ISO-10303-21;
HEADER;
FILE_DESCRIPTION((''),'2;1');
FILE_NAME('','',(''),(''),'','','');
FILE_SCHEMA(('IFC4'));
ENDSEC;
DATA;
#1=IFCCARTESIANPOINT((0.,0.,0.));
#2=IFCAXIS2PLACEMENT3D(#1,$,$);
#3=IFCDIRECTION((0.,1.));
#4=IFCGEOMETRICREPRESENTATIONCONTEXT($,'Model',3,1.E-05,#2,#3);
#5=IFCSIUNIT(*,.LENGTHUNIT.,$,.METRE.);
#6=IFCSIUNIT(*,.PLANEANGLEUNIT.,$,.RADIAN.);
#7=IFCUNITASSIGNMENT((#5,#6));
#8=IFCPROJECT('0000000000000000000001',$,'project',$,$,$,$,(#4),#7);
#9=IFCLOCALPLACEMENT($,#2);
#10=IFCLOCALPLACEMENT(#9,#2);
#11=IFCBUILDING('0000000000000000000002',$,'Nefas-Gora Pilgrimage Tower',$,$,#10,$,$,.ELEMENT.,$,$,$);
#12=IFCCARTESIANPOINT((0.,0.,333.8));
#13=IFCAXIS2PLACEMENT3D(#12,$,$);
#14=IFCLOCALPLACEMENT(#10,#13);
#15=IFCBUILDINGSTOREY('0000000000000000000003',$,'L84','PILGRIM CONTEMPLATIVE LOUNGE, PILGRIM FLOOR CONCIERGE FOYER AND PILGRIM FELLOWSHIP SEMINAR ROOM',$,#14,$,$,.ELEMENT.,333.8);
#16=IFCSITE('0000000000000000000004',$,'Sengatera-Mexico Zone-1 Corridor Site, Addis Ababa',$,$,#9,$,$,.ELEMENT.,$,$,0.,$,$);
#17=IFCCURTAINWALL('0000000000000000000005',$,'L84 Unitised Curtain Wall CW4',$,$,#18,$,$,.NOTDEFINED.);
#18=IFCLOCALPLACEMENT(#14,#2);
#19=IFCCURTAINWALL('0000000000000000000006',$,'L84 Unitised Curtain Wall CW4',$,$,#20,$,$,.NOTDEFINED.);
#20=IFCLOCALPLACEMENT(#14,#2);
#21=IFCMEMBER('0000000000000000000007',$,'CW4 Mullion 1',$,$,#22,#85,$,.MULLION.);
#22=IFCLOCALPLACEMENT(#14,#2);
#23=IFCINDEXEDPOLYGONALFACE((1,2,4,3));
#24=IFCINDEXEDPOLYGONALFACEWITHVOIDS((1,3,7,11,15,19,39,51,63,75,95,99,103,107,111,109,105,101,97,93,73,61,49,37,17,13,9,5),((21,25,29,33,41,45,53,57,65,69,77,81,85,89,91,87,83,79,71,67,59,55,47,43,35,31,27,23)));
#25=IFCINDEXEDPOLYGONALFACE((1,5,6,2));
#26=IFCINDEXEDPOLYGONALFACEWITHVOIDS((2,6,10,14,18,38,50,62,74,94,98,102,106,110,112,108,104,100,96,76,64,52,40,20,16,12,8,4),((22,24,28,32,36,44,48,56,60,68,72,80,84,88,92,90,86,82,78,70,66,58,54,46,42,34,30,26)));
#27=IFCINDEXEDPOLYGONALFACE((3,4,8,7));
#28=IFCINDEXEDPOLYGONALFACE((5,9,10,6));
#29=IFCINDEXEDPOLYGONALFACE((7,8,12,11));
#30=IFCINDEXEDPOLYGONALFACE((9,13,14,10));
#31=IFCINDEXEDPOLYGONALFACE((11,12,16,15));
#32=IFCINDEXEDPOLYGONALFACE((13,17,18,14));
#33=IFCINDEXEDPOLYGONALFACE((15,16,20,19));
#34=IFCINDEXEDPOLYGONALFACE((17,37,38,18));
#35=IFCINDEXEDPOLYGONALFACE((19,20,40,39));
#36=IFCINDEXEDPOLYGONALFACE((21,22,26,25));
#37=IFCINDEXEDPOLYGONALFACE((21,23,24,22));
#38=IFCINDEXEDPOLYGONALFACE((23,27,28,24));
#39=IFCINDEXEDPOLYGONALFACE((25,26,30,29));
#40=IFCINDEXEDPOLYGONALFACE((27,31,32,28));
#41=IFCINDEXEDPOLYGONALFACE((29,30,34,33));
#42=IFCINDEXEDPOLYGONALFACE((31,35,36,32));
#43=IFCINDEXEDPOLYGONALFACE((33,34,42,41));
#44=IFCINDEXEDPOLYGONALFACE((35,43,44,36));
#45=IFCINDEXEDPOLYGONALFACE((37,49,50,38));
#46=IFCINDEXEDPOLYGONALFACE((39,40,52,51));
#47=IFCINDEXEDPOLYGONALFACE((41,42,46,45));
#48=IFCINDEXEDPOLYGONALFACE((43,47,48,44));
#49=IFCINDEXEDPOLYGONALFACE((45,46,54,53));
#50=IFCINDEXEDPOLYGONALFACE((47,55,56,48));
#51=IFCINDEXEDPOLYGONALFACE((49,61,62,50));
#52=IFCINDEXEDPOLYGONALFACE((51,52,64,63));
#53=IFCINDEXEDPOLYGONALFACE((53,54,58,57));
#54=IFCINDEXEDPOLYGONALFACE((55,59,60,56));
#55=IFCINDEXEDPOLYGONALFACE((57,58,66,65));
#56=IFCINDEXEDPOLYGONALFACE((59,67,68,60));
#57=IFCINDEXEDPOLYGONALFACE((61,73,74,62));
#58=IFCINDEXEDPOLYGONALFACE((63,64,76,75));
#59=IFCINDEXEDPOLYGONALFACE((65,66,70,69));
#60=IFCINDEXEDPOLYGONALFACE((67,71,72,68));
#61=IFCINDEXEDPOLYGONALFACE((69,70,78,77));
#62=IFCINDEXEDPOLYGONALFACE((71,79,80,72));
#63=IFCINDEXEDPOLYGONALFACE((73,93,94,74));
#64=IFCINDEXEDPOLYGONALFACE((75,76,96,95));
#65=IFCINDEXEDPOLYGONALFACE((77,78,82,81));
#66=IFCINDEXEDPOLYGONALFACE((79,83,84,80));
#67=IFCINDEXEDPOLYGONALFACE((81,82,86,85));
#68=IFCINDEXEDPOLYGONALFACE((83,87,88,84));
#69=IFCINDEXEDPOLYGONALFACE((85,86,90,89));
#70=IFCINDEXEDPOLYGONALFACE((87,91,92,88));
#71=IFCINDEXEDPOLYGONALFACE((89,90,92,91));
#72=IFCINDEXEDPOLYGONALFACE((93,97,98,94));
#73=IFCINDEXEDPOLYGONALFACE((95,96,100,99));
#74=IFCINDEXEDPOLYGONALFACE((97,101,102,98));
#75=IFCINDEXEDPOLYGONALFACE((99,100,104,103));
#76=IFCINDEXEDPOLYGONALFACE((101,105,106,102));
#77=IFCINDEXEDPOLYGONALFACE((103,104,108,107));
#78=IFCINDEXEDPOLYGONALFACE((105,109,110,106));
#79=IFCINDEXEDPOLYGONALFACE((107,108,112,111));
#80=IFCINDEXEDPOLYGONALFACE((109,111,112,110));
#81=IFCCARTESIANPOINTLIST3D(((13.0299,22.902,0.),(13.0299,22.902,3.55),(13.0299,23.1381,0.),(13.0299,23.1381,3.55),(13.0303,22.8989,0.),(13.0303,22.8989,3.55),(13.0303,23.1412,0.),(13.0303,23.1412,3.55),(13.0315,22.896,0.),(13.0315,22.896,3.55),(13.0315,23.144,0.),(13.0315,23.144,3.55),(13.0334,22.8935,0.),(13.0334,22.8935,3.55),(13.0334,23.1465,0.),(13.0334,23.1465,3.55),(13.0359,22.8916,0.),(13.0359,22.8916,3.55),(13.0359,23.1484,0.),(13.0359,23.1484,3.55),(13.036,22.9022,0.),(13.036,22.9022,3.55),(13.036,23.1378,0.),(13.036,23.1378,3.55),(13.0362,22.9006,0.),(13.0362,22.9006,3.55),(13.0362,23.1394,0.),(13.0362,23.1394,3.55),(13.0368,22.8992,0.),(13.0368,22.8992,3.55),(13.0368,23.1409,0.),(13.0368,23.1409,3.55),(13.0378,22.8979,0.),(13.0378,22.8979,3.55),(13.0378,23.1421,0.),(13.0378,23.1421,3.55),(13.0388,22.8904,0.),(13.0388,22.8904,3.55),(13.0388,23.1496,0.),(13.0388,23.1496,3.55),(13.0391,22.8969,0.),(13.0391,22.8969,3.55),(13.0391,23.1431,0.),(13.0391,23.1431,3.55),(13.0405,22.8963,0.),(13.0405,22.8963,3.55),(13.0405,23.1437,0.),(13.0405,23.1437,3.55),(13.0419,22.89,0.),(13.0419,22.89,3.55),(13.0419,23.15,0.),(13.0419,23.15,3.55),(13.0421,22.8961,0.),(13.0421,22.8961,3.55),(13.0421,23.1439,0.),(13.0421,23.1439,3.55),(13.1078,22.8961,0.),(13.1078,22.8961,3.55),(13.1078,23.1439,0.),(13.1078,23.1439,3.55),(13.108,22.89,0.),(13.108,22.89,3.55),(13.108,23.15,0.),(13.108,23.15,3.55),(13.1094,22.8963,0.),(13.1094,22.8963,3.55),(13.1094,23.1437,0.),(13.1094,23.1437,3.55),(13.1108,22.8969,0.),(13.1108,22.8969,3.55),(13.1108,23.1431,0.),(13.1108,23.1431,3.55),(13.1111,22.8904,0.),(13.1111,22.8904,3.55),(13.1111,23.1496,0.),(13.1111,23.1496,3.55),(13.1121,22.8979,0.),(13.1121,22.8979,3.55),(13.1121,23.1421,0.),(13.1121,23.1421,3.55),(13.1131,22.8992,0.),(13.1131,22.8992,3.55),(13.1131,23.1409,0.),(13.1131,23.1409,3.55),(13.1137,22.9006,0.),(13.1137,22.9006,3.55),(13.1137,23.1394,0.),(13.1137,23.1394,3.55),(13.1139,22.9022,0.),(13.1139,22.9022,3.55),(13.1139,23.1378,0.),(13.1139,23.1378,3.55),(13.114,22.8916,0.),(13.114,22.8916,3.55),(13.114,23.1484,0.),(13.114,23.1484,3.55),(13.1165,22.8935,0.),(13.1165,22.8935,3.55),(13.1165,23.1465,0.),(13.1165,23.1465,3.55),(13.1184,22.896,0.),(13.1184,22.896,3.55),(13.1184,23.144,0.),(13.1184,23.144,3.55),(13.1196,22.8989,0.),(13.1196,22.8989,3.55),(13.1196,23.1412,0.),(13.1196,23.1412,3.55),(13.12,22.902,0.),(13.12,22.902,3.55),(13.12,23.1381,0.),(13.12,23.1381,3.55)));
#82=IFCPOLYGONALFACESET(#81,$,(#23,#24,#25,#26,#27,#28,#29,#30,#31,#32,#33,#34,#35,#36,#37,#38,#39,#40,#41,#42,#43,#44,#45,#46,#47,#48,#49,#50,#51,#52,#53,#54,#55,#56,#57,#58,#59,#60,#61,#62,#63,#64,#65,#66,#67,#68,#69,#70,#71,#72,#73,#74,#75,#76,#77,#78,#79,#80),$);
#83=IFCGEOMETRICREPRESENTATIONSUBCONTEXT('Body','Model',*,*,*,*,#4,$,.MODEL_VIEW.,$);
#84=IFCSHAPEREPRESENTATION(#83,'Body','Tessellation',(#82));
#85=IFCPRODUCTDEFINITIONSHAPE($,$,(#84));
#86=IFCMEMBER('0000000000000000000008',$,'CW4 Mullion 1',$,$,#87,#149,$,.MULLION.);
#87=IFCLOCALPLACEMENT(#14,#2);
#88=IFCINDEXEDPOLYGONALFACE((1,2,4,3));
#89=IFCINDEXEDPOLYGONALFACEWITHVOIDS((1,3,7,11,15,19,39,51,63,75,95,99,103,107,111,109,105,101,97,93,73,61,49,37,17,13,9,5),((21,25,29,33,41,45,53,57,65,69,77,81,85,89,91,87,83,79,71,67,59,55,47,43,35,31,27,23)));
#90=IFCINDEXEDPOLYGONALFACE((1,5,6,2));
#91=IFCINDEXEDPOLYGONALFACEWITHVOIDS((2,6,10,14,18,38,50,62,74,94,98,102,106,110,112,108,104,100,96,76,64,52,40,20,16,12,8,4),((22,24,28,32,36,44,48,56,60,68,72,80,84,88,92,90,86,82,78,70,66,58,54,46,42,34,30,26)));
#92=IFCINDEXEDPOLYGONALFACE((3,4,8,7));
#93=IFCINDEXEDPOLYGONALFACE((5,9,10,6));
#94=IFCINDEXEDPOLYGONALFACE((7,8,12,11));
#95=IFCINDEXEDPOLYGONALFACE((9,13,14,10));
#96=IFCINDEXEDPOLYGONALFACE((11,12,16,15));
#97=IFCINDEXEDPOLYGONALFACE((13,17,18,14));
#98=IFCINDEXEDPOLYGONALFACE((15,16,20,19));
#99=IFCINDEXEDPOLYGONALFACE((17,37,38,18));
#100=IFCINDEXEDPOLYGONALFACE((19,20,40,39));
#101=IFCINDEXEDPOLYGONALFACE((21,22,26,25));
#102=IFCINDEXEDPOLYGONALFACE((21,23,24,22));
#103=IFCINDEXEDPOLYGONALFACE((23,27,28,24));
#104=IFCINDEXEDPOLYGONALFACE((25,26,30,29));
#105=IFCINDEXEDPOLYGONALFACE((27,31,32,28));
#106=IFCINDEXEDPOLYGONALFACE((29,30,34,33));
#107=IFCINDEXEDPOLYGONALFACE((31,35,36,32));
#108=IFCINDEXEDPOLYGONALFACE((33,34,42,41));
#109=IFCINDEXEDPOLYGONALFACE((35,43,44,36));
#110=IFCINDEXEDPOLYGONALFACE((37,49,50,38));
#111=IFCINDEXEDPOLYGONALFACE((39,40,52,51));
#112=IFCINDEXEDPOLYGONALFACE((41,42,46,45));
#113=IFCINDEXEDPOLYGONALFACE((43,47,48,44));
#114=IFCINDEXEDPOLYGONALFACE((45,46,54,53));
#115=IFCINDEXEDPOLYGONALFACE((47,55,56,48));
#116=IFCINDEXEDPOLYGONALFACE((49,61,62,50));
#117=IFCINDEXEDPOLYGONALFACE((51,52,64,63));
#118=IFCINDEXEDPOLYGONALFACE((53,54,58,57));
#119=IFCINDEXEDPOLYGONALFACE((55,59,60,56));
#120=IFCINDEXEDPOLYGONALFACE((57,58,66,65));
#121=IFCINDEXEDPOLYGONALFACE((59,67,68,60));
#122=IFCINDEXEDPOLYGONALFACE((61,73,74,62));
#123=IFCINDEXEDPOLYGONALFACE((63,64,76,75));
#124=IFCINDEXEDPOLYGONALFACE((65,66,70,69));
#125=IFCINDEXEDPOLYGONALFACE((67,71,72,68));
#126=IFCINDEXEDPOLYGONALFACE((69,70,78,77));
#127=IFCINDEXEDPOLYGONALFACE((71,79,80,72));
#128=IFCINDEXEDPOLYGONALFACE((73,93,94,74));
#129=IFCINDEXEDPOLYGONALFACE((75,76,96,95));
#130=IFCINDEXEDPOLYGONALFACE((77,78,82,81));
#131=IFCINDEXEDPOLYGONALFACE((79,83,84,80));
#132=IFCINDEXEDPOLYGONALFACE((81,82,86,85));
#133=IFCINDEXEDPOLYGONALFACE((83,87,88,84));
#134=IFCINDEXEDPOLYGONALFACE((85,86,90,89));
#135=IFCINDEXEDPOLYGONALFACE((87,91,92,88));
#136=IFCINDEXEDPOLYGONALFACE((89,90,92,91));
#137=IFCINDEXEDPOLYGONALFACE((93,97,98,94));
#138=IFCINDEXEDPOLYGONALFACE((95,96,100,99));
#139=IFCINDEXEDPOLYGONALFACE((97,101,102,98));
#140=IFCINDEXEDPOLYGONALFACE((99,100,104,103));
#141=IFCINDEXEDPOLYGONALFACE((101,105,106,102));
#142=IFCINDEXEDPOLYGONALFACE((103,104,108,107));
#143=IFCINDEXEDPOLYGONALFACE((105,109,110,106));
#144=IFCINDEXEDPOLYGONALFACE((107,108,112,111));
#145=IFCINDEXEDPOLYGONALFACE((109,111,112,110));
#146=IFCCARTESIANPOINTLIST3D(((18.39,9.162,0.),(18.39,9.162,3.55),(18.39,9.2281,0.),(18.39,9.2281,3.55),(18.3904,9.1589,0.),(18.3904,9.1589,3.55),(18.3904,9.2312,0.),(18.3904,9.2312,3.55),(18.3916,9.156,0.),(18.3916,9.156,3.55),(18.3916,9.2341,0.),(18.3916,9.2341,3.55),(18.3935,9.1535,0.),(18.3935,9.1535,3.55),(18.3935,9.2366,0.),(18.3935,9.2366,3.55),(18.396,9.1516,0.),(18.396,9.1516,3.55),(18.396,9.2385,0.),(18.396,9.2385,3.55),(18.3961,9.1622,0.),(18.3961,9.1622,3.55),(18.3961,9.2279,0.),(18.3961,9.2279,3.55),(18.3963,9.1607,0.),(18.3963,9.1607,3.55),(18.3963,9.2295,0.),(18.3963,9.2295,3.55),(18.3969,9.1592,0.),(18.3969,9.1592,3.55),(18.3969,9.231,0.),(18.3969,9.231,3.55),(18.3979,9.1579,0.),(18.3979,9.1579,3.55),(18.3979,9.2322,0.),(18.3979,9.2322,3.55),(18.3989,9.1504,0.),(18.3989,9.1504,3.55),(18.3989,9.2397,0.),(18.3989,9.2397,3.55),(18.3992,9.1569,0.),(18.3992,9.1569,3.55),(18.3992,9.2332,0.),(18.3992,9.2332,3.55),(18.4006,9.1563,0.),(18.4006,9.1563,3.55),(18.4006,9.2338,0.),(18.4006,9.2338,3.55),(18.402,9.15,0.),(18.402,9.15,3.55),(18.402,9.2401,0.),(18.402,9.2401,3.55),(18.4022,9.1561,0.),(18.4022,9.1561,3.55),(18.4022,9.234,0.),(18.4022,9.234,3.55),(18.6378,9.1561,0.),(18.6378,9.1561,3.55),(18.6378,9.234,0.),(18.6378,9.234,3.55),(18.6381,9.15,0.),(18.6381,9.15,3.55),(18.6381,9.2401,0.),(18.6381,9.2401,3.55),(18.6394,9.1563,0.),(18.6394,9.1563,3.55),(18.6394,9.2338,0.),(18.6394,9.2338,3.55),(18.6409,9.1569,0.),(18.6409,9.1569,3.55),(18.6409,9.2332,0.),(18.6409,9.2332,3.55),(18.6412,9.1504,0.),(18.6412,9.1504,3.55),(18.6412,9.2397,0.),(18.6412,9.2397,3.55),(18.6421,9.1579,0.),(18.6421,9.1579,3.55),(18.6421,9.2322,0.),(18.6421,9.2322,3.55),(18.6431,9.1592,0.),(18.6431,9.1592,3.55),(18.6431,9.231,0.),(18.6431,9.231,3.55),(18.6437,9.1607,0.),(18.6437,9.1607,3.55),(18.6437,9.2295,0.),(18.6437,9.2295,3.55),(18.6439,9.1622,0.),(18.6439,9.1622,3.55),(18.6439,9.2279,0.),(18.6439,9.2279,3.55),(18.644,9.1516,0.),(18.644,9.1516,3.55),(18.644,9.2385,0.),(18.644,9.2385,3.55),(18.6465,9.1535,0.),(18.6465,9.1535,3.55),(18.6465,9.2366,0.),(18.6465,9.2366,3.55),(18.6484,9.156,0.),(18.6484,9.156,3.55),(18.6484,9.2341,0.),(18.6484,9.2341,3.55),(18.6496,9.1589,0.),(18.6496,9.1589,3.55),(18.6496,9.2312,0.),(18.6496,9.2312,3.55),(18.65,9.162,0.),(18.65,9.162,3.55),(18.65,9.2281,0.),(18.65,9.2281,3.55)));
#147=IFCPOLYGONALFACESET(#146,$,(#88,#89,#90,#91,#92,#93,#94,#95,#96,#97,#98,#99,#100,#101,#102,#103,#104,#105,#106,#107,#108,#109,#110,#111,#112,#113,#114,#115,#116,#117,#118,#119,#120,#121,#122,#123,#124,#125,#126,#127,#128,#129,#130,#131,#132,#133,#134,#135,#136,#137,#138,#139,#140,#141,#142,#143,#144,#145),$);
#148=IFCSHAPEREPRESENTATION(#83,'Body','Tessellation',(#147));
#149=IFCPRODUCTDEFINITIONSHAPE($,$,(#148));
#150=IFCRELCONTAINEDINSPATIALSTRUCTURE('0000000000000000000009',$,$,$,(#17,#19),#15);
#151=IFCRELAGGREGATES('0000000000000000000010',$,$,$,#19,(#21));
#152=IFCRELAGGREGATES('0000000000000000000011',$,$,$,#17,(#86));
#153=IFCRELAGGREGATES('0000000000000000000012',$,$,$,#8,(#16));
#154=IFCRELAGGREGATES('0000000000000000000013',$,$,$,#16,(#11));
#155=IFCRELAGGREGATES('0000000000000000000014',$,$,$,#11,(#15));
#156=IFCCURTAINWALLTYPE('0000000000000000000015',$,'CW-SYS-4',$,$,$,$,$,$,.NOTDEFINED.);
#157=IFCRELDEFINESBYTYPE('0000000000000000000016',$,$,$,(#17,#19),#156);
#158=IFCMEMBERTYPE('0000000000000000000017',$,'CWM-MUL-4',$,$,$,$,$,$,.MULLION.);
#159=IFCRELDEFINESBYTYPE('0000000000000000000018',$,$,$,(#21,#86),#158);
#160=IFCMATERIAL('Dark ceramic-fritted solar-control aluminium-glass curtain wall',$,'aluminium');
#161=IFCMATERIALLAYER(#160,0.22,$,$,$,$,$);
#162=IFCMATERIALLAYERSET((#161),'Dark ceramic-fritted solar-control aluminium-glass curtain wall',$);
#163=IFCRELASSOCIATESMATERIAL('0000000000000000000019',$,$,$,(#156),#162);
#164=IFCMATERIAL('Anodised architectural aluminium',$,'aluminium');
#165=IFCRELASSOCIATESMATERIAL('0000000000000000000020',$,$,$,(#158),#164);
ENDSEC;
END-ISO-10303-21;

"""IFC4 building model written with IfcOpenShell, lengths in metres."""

from ifc_helpers import new_model, si_unit, direction, frame, origin, origin_2d, place, context, subcontext, project, spatial, hollow_rectangle, extrude, source, transform, mapped, material, layer, layer_set, material_profile, profile_set, type_object, element, aggregate, save


model = new_model("IFC4")

# Units and contexts
model_context = context("Model", 3, precision=1e-05, world=origin(), true_north=direction((0.0, 1.0)))
body_context = subcontext(model_context, "Body", "Model", "MODEL_VIEW")
ifc_project = project(units=[si_unit("LENGTHUNIT", "METRE"), si_unit("PLANEANGLEUNIT", "RADIAN")], contexts=[model_context])

# Site, building, storey
site_placement = place(None, origin())
site = spatial("IfcSite", under=ifc_project, at=site_placement, Name="Sengatera-Mexico Zone-1 Corridor Site, Addis Ababa", CompositionType="ELEMENT", RefElevation=0.0)
building_placement = place(site_placement, origin())
building = spatial("IfcBuilding", under=site, at=building_placement, Name="Nefas-Gora Pilgrimage Tower", CompositionType="ELEMENT")
storey_placement = place(building_placement, frame((0.0, 0.0, 333.8)))
storey = spatial("IfcBuildingStorey", under=building, at=storey_placement, Name="L84", Description="PILGRIM CONTEMPLATIVE LOUNGE, PILGRIM FLOOR CONCIERGE FOYER AND PILGRIM FELLOWSHIP SEMINAR ROOM", CompositionType="ELEMENT", Elevation=333.8)

# Curtain wall
ifc_material_1 = material(Name="Dark ceramic-fritted solar-control aluminium-glass curtain wall", Category="aluminium")
ifc_layer_1 = layer(ifc_material_1, 0.22)
ifc_layer_set_1 = layer_set([ifc_layer_1], Name="Dark ceramic-fritted solar-control aluminium-glass curtain wall")
curtain_wall_type = type_object("IfcCurtainWallType", Name="CW-SYS-4", PredefinedType="NOTDEFINED", material=ifc_layer_set_1)
curtain_wall_1_placement = place(storey_placement, origin())
curtain_wall_1 = element("IfcCurtainWall", 1, at=curtain_wall_1_placement, inside=storey, type_object=curtain_wall_type, Name="L84 Unitised Curtain Wall CW4", PredefinedType="NOTDEFINED")
ifc_material_2 = material(Name="Anodised architectural aluminium", Category="aluminium")

# Curtain wall, member
curtain_wall_2_placement = place(storey_placement, origin())
curtain_wall_2 = element("IfcCurtainWall", 2, at=curtain_wall_2_placement, inside=storey, type_object=curtain_wall_type, Name="L84 Unitised Curtain Wall CW4", PredefinedType="NOTDEFINED")
ifc_material_profile_1 = material_profile(ifc_material_2, hollow_rectangle(XDim=0.0901, YDim=0.26, WallThickness=0.0061, InnerFilletRadius=0.0061, OuterFilletRadius=0.012, at=origin_2d()), Name="ALU MULLION 90x260")
ifc_profile_set_1 = profile_set([ifc_material_profile_1], Name="Anodised architectural aluminium")
member_type_1 = type_object("IfcMemberType", Name="CWM-MUL-4", PredefinedType="MULLION", material=ifc_profile_set_1)
shared_shape_1 = source(origin(), body_context, "Body", "SweptSolid", [
    extrude(hollow_rectangle(XDim=0.0901, YDim=0.26, WallThickness=0.0061, InnerFilletRadius=0.0061, OuterFilletRadius=0.012, at=origin_2d()), origin(), (0.0, 0.0, 1.0), 3.55),
])
member_1_placement = place(storey_placement, frame((13.075, 23.02, 0.0), z_axis=(0.0, 0.0, 1.0), x_axis=(-1.0, 0.0, 0.0)))
member_1 = element("IfcMember", 3, at=member_1_placement, type_object=member_type_1, Name="CW4 Mullion 1", PredefinedType="MULLION", context=body_context, shape_type="MappedRepresentation", body=[
    mapped(shared_shape_1, transform((0.0, 0.0, 0.0), x_axis=(1.0, 0.0, 0.0), y_axis=(0.0, 1.0, 0.0), z_axis=(0.0, 0.0, 1.0), scale=1.0)),
])
aggregate(curtain_wall_2, [member_1])

# Member
member_2_placement = place(storey_placement, frame((18.52, 9.1951, 0.0), z_axis=(0.0, 0.0, 1.0), x_axis=(0.0, 1.0, 0.0)))
member_2 = element("IfcMember", 4, at=member_2_placement, type_object=member_type_1, Name="CW4 Mullion 1", PredefinedType="MULLION", context=body_context, shape_type="MappedRepresentation", body=[
    mapped(shared_shape_1, transform((0.0, 0.0, 0.0), x_axis=(1.0, 0.0, 0.0), y_axis=(0.0, 1.0, 0.0), z_axis=(0.0, 0.0, 1.0), scale=1.0)),
])

aggregate(curtain_wall_1, [member_2])

save(model, "model.ifc")
